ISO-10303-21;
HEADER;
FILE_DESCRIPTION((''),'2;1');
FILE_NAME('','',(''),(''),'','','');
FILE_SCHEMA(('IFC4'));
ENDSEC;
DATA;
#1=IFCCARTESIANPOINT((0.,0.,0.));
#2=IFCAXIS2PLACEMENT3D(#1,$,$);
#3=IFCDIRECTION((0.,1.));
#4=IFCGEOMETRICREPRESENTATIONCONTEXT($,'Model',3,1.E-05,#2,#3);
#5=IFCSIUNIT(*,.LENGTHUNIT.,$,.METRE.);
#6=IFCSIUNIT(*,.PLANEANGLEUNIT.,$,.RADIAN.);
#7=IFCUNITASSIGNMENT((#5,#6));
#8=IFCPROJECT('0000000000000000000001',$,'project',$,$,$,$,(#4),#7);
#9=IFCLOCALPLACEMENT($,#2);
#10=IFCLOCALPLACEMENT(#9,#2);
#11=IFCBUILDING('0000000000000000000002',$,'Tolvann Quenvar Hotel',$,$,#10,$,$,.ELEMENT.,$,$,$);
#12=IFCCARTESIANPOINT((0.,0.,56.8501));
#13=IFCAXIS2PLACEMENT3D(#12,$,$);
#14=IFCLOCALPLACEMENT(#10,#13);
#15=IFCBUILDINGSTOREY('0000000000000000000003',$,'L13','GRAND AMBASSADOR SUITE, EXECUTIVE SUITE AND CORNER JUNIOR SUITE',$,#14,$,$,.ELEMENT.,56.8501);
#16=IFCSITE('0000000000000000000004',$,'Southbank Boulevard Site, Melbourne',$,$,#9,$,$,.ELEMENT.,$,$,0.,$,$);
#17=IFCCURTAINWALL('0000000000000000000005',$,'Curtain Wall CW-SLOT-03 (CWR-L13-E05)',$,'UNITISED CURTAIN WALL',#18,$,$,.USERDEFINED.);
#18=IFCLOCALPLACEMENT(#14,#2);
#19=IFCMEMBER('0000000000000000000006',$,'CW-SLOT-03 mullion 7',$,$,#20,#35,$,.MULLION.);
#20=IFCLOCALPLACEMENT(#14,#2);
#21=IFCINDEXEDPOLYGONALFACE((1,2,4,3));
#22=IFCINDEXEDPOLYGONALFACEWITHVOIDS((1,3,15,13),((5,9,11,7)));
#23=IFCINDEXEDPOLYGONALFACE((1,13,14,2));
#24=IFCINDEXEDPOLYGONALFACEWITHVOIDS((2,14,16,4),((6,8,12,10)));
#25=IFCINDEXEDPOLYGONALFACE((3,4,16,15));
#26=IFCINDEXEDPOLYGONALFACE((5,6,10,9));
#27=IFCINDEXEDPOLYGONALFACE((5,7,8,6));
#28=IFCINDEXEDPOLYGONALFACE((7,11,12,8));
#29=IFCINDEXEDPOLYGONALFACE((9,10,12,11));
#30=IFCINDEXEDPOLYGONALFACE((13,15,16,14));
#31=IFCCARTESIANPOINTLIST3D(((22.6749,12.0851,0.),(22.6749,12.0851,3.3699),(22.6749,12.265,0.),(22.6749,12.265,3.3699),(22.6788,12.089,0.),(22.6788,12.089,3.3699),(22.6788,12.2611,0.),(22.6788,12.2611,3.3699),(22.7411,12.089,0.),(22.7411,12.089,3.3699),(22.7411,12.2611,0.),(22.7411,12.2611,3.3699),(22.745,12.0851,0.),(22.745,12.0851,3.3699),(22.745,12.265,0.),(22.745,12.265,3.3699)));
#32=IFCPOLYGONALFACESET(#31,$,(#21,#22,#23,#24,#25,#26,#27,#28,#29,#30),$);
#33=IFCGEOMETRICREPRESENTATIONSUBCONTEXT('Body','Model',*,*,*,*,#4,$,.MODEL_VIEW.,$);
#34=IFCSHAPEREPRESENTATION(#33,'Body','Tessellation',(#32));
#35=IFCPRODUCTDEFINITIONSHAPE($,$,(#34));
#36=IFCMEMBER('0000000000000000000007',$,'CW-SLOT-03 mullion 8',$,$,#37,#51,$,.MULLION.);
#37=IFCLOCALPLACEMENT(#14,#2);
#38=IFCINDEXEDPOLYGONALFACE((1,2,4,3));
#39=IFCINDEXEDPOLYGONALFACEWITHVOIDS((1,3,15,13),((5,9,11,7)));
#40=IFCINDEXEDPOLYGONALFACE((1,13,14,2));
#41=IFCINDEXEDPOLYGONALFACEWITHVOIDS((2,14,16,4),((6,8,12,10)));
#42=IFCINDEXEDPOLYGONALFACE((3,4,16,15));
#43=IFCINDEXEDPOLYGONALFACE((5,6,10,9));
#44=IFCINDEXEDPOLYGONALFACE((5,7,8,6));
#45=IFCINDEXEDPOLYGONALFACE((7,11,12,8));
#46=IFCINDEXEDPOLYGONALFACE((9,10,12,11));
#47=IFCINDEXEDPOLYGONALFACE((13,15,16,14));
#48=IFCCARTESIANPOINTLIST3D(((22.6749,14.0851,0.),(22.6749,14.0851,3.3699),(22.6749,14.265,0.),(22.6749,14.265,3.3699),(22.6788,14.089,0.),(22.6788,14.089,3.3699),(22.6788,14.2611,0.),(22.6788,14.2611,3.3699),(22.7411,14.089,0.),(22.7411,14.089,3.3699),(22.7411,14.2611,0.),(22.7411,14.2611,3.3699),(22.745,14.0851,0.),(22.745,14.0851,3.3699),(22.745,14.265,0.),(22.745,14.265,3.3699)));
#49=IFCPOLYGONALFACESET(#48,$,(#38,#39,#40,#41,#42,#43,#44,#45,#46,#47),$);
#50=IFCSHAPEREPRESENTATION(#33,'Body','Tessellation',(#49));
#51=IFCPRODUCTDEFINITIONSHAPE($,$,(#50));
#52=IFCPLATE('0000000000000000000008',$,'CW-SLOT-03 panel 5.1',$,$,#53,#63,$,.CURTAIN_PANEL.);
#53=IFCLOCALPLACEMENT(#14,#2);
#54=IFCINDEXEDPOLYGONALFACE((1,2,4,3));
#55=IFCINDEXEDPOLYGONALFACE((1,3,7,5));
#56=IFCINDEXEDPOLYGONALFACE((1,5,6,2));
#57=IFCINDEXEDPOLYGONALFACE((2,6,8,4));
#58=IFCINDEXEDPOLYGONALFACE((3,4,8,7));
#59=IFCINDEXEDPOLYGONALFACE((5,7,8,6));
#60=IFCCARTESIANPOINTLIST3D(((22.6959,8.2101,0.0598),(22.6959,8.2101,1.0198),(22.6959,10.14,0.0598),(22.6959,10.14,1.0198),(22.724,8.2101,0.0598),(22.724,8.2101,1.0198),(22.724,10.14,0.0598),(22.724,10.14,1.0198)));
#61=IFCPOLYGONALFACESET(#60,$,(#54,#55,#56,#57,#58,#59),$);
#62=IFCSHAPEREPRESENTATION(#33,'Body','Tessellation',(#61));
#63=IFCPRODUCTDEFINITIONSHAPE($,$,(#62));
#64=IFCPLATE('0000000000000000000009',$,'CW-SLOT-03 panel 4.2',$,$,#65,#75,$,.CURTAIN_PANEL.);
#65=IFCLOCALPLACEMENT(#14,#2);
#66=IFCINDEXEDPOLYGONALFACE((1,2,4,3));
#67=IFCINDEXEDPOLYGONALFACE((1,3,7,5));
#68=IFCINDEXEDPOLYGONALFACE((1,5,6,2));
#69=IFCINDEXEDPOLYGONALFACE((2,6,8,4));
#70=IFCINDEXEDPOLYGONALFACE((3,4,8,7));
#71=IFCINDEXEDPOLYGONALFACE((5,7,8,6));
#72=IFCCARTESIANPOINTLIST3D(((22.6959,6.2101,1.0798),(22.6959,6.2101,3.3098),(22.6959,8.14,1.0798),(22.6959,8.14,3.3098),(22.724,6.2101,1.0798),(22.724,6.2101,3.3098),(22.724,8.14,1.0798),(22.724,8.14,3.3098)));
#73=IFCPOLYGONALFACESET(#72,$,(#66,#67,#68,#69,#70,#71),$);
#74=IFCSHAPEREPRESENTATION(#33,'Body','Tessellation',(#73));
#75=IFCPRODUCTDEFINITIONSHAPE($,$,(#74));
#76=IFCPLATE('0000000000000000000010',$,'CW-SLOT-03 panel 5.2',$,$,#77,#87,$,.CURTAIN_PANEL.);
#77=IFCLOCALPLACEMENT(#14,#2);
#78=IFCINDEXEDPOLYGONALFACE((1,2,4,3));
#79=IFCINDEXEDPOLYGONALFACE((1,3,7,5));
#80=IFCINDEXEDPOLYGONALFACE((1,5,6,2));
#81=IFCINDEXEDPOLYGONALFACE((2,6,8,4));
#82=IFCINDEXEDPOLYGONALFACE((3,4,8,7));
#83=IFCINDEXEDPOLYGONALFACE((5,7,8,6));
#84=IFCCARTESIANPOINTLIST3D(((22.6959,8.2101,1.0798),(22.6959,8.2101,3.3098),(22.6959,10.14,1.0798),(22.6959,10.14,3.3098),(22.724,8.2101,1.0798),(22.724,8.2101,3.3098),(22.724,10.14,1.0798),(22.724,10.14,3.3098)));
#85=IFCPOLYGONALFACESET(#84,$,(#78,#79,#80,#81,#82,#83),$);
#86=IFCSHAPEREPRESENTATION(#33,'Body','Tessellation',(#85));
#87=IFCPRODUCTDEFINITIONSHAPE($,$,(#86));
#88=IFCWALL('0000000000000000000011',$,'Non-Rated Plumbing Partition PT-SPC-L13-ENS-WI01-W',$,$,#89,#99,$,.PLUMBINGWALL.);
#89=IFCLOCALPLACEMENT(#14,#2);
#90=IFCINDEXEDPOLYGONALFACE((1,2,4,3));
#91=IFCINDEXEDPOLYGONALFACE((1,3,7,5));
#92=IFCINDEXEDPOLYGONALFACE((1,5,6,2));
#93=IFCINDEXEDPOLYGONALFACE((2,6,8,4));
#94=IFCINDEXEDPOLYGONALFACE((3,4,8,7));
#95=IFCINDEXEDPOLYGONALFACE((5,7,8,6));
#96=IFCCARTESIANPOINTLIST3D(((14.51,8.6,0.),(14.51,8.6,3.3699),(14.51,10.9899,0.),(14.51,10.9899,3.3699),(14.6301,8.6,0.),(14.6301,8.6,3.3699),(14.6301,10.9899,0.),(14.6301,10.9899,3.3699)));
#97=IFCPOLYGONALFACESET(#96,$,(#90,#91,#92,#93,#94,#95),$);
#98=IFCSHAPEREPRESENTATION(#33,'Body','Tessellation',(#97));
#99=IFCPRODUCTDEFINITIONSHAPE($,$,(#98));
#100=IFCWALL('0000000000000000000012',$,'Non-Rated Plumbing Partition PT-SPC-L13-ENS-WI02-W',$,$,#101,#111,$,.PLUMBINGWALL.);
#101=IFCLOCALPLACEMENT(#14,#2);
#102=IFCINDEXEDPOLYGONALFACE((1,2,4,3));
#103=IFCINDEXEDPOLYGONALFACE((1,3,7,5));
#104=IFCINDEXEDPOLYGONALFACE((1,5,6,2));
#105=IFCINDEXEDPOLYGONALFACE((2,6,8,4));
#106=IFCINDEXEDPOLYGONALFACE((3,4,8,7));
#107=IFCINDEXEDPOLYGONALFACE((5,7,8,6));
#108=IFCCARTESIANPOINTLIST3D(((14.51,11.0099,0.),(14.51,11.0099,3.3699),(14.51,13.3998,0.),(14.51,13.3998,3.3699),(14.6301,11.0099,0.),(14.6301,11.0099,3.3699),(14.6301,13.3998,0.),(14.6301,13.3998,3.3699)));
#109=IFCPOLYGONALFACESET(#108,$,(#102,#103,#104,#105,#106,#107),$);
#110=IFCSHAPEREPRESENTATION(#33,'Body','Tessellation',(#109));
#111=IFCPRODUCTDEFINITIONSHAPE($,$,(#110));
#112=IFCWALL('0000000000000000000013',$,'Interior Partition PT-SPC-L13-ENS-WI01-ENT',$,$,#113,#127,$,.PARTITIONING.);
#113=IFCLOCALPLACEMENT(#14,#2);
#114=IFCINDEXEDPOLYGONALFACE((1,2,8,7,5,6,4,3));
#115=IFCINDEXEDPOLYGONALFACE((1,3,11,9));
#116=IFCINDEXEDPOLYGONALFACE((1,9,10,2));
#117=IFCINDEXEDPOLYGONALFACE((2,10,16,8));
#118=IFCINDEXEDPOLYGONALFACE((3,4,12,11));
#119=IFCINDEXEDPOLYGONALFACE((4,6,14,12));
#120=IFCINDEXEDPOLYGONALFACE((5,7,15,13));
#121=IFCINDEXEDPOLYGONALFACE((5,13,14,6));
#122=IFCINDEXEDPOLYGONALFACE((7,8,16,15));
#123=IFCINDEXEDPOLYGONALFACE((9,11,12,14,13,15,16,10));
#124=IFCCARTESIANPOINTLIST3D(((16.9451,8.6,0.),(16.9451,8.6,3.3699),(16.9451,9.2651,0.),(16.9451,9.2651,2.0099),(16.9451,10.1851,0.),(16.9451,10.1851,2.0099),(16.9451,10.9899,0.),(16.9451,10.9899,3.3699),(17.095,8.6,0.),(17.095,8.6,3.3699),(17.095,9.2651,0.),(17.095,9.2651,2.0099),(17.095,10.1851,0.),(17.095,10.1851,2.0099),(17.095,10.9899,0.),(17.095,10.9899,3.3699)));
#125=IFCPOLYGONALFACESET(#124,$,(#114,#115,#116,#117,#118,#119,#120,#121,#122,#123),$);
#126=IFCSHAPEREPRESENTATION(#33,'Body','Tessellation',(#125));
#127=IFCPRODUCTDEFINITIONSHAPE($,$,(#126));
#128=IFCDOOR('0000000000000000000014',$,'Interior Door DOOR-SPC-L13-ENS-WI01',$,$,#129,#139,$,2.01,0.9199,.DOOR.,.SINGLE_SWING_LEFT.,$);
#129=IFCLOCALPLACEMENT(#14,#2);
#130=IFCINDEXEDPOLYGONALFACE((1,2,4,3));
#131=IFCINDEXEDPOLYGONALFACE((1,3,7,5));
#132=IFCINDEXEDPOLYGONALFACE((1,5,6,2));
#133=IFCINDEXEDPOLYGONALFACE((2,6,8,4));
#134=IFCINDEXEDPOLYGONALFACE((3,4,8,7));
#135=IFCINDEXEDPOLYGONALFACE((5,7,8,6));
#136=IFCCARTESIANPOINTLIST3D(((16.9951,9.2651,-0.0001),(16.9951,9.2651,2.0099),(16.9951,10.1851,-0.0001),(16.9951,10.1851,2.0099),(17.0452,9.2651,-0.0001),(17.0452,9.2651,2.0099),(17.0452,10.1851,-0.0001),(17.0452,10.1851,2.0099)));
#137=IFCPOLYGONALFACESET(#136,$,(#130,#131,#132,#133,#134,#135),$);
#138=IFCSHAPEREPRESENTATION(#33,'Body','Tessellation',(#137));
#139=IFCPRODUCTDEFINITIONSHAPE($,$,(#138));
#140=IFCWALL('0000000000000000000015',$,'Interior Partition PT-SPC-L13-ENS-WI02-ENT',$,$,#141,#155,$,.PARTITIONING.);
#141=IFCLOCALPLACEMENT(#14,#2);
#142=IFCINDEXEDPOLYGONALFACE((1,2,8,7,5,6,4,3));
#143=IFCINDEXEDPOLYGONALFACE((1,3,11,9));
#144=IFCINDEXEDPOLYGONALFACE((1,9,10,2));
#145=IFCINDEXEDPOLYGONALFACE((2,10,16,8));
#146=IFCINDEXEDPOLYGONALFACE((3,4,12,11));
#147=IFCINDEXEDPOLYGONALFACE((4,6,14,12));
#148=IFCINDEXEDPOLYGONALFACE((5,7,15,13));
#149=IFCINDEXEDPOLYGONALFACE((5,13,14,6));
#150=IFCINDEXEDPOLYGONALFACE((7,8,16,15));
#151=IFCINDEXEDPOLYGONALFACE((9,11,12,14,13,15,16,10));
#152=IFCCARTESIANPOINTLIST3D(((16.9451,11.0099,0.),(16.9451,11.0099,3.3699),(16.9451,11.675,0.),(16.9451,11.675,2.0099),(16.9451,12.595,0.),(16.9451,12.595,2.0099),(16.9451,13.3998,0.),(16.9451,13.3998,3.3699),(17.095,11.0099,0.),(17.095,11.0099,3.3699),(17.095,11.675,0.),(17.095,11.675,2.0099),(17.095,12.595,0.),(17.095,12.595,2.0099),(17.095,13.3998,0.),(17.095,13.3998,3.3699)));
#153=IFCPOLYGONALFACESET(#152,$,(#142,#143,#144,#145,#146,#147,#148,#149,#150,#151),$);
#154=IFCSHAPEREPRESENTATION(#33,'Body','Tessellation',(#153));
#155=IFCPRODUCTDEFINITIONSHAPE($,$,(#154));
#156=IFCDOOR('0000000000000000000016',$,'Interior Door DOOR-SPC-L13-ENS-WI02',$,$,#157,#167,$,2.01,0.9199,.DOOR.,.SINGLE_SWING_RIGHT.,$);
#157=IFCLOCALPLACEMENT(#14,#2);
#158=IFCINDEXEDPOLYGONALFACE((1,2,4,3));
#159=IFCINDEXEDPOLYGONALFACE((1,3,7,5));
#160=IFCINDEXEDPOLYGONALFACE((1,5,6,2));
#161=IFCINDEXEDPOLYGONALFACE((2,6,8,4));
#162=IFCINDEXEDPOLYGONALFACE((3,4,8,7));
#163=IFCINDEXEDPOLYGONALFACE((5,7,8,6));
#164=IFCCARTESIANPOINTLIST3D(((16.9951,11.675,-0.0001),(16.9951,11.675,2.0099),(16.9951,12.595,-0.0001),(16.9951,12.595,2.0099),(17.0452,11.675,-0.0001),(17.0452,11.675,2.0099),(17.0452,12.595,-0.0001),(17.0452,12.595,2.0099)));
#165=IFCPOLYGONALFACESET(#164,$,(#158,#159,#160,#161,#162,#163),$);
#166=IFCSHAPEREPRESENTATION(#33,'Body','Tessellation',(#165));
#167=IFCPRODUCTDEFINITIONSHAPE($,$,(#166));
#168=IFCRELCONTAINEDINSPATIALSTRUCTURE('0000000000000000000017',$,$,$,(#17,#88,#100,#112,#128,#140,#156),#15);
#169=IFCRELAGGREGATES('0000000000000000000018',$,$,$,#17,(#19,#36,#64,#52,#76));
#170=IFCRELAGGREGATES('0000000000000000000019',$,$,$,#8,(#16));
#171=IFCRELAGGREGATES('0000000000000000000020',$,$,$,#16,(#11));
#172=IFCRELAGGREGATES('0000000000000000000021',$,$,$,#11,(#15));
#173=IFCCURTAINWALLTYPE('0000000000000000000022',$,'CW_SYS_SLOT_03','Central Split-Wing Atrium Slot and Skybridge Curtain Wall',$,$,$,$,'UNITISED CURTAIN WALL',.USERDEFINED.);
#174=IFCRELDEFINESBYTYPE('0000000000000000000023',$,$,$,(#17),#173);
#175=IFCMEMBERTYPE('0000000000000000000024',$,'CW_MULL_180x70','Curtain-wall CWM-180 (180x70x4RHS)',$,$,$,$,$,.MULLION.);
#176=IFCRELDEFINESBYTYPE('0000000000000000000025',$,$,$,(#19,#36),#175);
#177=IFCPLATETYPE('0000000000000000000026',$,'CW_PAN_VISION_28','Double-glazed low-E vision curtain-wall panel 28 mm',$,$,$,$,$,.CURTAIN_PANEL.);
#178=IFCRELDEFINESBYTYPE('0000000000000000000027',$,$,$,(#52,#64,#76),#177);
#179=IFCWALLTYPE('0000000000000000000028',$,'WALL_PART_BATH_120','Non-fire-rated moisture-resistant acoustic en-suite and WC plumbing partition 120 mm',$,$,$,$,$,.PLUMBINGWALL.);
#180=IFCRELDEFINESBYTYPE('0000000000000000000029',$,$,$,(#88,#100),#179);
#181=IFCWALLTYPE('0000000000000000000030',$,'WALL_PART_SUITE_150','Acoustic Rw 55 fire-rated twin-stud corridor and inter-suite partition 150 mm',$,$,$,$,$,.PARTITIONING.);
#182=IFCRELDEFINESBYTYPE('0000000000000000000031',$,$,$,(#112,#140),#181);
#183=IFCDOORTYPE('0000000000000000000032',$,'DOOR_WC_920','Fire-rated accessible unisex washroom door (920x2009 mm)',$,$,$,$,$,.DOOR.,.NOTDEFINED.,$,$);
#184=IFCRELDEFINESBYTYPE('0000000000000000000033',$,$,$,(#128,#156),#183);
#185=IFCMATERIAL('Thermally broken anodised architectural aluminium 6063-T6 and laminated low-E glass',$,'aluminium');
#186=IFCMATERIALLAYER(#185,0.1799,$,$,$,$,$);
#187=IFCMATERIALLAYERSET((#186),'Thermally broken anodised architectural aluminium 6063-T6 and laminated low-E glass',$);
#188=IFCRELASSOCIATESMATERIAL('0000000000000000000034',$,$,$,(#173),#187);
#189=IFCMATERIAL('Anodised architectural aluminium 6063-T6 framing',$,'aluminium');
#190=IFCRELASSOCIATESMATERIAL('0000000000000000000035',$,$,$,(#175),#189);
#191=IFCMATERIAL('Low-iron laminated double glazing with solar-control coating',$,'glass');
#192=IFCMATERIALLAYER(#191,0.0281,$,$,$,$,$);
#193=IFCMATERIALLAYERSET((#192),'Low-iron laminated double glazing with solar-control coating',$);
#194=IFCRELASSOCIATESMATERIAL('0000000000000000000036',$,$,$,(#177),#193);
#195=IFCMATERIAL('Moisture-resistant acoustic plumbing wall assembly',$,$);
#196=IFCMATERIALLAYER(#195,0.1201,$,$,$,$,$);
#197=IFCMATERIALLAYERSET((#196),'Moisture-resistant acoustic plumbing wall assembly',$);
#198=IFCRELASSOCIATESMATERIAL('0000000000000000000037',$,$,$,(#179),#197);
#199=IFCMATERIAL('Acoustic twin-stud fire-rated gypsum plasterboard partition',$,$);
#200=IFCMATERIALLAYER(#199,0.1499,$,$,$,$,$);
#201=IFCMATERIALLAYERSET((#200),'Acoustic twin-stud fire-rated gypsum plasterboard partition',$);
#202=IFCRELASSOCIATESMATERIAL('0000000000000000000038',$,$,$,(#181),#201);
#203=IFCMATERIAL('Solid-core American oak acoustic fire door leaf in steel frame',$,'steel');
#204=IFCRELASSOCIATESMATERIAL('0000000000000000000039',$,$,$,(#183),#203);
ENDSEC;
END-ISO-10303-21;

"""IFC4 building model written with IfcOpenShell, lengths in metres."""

from ifc_helpers import new_model, si_unit, direction, frame, frame_2d, origin, origin_2d, place, context, subcontext, project, spatial, rectangle, hollow_rectangle, extrude, source, transform, mapped, material, layer, layer_set, material_profile, profile_set, type_object, type_shapes, element, fill, aggregate, save


model = new_model("IFC4")

# Units and contexts
model_context = context("Model", 3, precision=1e-05, world=origin(), true_north=direction((0.0, 1.0)))
body_context = subcontext(model_context, "Body", "Model", "MODEL_VIEW")
ifc_project = project(units=[si_unit("LENGTHUNIT", "METRE"), si_unit("PLANEANGLEUNIT", "RADIAN")], contexts=[model_context])

# Site, building, storey
site_placement = place(None, origin())
site = spatial("IfcSite", under=ifc_project, at=site_placement, Name="Southbank Boulevard Site, Melbourne", CompositionType="ELEMENT", RefElevation=0.0)
building_placement = place(site_placement, origin())
building = spatial("IfcBuilding", under=site, at=building_placement, Name="Tolvann Quenvar Hotel", CompositionType="ELEMENT")
storey_placement = place(building_placement, frame((0.0, 0.0, 56.8501)))
storey = spatial("IfcBuildingStorey", under=building, at=storey_placement, Name="L13", Description="GRAND AMBASSADOR SUITE, EXECUTIVE SUITE AND CORNER JUNIOR SUITE", CompositionType="ELEMENT", Elevation=56.8501)

# Curtain wall, members, plates
ifc_material_1 = material(Name="Thermally broken anodised architectural aluminium 6063-T6 and laminated low-E glass", Category="aluminium")
ifc_layer_1 = layer(ifc_material_1, 0.1799)
ifc_layer_set_1 = layer_set([ifc_layer_1], Name="Thermally broken anodised architectural aluminium 6063-T6 and laminated low-E glass")
curtain_wall_type = type_object("IfcCurtainWallType", Name="CW_SYS_SLOT_03", Description="Central Split-Wing Atrium Slot and Skybridge Curtain Wall", ElementType="UNITISED CURTAIN WALL", PredefinedType="USERDEFINED", material=ifc_layer_set_1)
curtain_wall_placement = place(storey_placement, origin())
curtain_wall = element("IfcCurtainWall", 1, at=curtain_wall_placement, inside=storey, type_object=curtain_wall_type, Name="Curtain Wall CW-SLOT-03 (CWR-L13-E05)", ObjectType="UNITISED CURTAIN WALL", PredefinedType="USERDEFINED")
ifc_material_2 = material(Name="Anodised architectural aluminium 6063-T6 framing", Category="aluminium")
ifc_material_profile_1 = material_profile(ifc_material_2, hollow_rectangle(XDim=0.0701, YDim=0.1799, WallThickness=0.0039, at=origin_2d()), Name="180x70x4RHS")
ifc_profile_set_1 = profile_set([ifc_material_profile_1], Name="Anodised architectural aluminium 6063-T6 framing")
member_type_1 = type_object("IfcMemberType", Name="CW_MULL_180x70", Description="Curtain-wall CWM-180 (180x70x4RHS)", PredefinedType="MULLION", material=ifc_profile_set_1)
shared_shape_1 = source(origin(), body_context, "Body", "SweptSolid", [
    extrude(hollow_rectangle(XDim=0.0701, YDim=0.1799, WallThickness=0.0039, at=origin_2d()), origin(), (0.0, 0.0, 1.0), 3.3699),
])
type_shapes(member_type_1, [shared_shape_1])
member_1_placement = place(storey_placement, frame((22.71, 12.175, 0.0), z_axis=(0.0, 0.0, 1.0), x_axis=(-1.0, 0.0, 0.0)))
member_1 = element("IfcMember", 2, at=member_1_placement, type_object=member_type_1, Name="CW-SLOT-03 mullion 7", PredefinedType="MULLION", context=body_context, shape_type="MappedRepresentation", body=[
    mapped(shared_shape_1, transform((0.0, 0.0, 0.0), x_axis=(1.0, 0.0, 0.0), y_axis=(0.0, 1.0, 0.0), z_axis=(0.0, 0.0, 1.0), scale=1.0)),
])
member_2_placement = place(storey_placement, frame((22.71, 14.175, 0.0), z_axis=(0.0, 0.0, 1.0), x_axis=(-1.0, 0.0, 0.0)))
member_2 = element("IfcMember", 3, at=member_2_placement, type_object=member_type_1, Name="CW-SLOT-03 mullion 8", PredefinedType="MULLION", context=body_context, shape_type="MappedRepresentation", body=[
    mapped(shared_shape_1, transform((0.0, 0.0, 0.0), x_axis=(1.0, 0.0, 0.0), y_axis=(0.0, 1.0, 0.0), z_axis=(0.0, 0.0, 1.0), scale=1.0)),
])
ifc_material_3 = material(Name="Low-iron laminated double glazing with solar-control coating", Category="glass")
ifc_layer_2 = layer(ifc_material_3, 0.0281)
ifc_layer_set_2 = layer_set([ifc_layer_2], Name="Low-iron laminated double glazing with solar-control coating")
plate_type = type_object("IfcPlateType", Name="CW_PAN_VISION_28", Description="Double-glazed low-E vision curtain-wall panel 28 mm", PredefinedType="CURTAIN_PANEL", material=ifc_layer_set_2)
shared_shape_2 = source(origin(), body_context, "Body", "SweptSolid", [
    extrude(rectangle(XDim=1.9299, YDim=0.0281, at=origin_2d()), origin(), (0.0, 0.0, 1.0), 0.96),
])
plate_1_placement = place(storey_placement, frame((22.71, 9.175, 0.0598), z_axis=(0.0, 0.0, 1.0), x_axis=(0.0, 1.0, 0.0)))
plate_1 = element("IfcPlate", 4, at=plate_1_placement, type_object=plate_type, Name="CW-SLOT-03 panel 5.1", PredefinedType="CURTAIN_PANEL", context=body_context, shape_type="MappedRepresentation", body=[
    mapped(shared_shape_2, transform((0.0, 0.0, 0.0), x_axis=(1.0, 0.0, 0.0), y_axis=(0.0, 1.0, 0.0), z_axis=(0.0, 0.0, 1.0), scale=1.0)),
])
shared_shape_3 = source(origin(), body_context, "Body", "SweptSolid", [
    extrude(rectangle(XDim=1.9299, YDim=0.0281, at=origin_2d()), origin(), (0.0, 0.0, 1.0), 2.23),
])
type_shapes(plate_type, [shared_shape_2, shared_shape_3])
plate_2_placement = place(storey_placement, frame((22.71, 7.175, 1.0798), z_axis=(0.0, 0.0, 1.0), x_axis=(0.0, 1.0, 0.0)))
plate_2 = element("IfcPlate", 5, at=plate_2_placement, type_object=plate_type, Name="CW-SLOT-03 panel 4.2", PredefinedType="CURTAIN_PANEL", context=body_context, shape_type="MappedRepresentation", body=[
    mapped(shared_shape_3, transform((0.0, 0.0, 0.0), x_axis=(1.0, 0.0, 0.0), y_axis=(0.0, 1.0, 0.0), z_axis=(0.0, 0.0, 1.0), scale=1.0)),
])
plate_3_placement = place(storey_placement, frame((22.71, 9.175, 1.0798), z_axis=(0.0, 0.0, 1.0), x_axis=(0.0, 1.0, 0.0)))
plate_3 = element("IfcPlate", 6, at=plate_3_placement, type_object=plate_type, Name="CW-SLOT-03 panel 5.2", PredefinedType="CURTAIN_PANEL", context=body_context, shape_type="MappedRepresentation", body=[
    mapped(shared_shape_3, transform((0.0, 0.0, 0.0), x_axis=(1.0, 0.0, 0.0), y_axis=(0.0, 1.0, 0.0), z_axis=(0.0, 0.0, 1.0), scale=1.0)),
])
aggregate(curtain_wall, [member_1, member_2, plate_2, plate_1, plate_3])

# Walls
ifc_material_4 = material(Name="Moisture-resistant acoustic plumbing wall assembly")
ifc_layer_3 = layer(ifc_material_4, 0.1201)
ifc_layer_set_3 = layer_set([ifc_layer_3], Name="Moisture-resistant acoustic plumbing wall assembly")
wall_type_1 = type_object("IfcWallType", Name="WALL_PART_BATH_120", Description="Non-fire-rated moisture-resistant acoustic en-suite and WC plumbing partition 120 mm", PredefinedType="PLUMBINGWALL", material=ifc_layer_set_3)
for number, where, z_axis, x_axis, name in (
    (7, (14.5701, 8.6001, 0.0), (0.0, 0.0, 1.0), (0.0, 1.0, 0.0), "Non-Rated Plumbing Partition PT-SPC-L13-ENS-WI01-W"),
    (8, (14.5701, 11.01, 0.0), (0.0, 0.0, 1.0), (0.0, 1.0, 0.0), "Non-Rated Plumbing Partition PT-SPC-L13-ENS-WI02-W"),
):
    element("IfcWall", number, at=place(storey_placement, frame(where, z_axis=z_axis, x_axis=x_axis)), inside=storey, type_object=wall_type_1, Name=name, PredefinedType="PLUMBINGWALL", context=body_context, shape_type="SweptSolid", body=[
        extrude(rectangle(XDim=2.3899, YDim=0.1201, at=frame_2d((1.1948, 0.0))), origin(), (0.0, 0.0, 1.0), 3.3699),
    ])

# Walls, openings, doors
ifc_material_5 = material(Name="Acoustic twin-stud fire-rated gypsum plasterboard partition")
ifc_layer_4 = layer(ifc_material_5, 0.1499)
ifc_layer_set_4 = layer_set([ifc_layer_4], Name="Acoustic twin-stud fire-rated gypsum plasterboard partition")
wall_type_2 = type_object("IfcWallType", Name="WALL_PART_SUITE_150", Description="Acoustic Rw 55 fire-rated twin-stud corridor and inter-suite partition 150 mm", PredefinedType="PARTITIONING", material=ifc_layer_set_4)
wall_1_placement = place(storey_placement, frame((17.02, 8.6001, 0.0), z_axis=(0.0, 0.0, 1.0), x_axis=(0.0, 1.0, 0.0)))
wall_1 = element("IfcWall", 9, at=wall_1_placement, inside=storey, type_object=wall_type_2, Name="Interior Partition PT-SPC-L13-ENS-WI01-ENT", PredefinedType="PARTITIONING", context=body_context, shape_type="SweptSolid", body=[
    extrude(rectangle(XDim=2.3899, YDim=0.1499, at=frame_2d((1.1948, 0.0))), origin(), (0.0, 0.0, 1.0), 3.3699),
])
opening_1_placement = place(wall_1_placement, frame((0.665, 0.0, 0.0)))
opening_1 = element("IfcOpeningElement", 10, at=opening_1_placement, cuts=wall_1, PredefinedType="OPENING", context=body_context, shape_type="SweptSolid", body=[
    extrude(rectangle(XDim=0.9199, YDim=2.01, at=frame_2d((0.46, 1.0049))), frame((0.0, 0.085, 0.0), z_axis=(0.0, -1.0, 0.0), x_axis=(1.0, 0.0, 0.0)), (0.0, 0.0, 1.0), 0.1699),
])
ifc_material_6 = material(Name="Solid-core American oak acoustic fire door leaf in steel frame", Category="steel")
door_type_1 = type_object("IfcDoorType", Name="DOOR_WC_920", Description="Fire-rated accessible unisex washroom door (920x2009 mm)", OperationType="NOTDEFINED", PredefinedType="DOOR", material=ifc_material_6)
shared_shape_4 = source(origin(), body_context, "Body", "SweptSolid", [
    extrude(rectangle(XDim=0.9199, YDim=2.01, at=frame_2d((0.46, 1.0049))), frame((0.0, 0.0249, 0.0), z_axis=(0.0, -1.0, 0.0), x_axis=(1.0, 0.0, 0.0)), (0.0, 0.0, 1.0), 0.05),
])
type_shapes(door_type_1, [shared_shape_4])
door_1_placement = place(opening_1_placement, origin())
door_1 = element("IfcDoor", 11, at=door_1_placement, inside=storey, type_object=door_type_1, Name="Interior Door DOOR-SPC-L13-ENS-WI01", OperationType="SINGLE_SWING_LEFT", OverallHeight=2.01, OverallWidth=0.9199, PredefinedType="DOOR", context=body_context, shape_type="MappedRepresentation", body=[
    mapped(shared_shape_4, transform((0.0, 0.0, 0.0), x_axis=(1.0, 0.0, 0.0), y_axis=(0.0, 1.0, 0.0), z_axis=(0.0, 0.0, 1.0), scale=1.0)),
])
fill(opening_1, door_1)
wall_2_placement = place(storey_placement, frame((17.02, 11.01, 0.0), z_axis=(0.0, 0.0, 1.0), x_axis=(0.0, 1.0, 0.0)))
wall_2 = element("IfcWall", 12, at=wall_2_placement, inside=storey, type_object=wall_type_2, Name="Interior Partition PT-SPC-L13-ENS-WI02-ENT", PredefinedType="PARTITIONING", context=body_context, shape_type="SweptSolid", body=[
    extrude(rectangle(XDim=2.3899, YDim=0.1499, at=frame_2d((1.1948, 0.0))), origin(), (0.0, 0.0, 1.0), 3.3699),
])
opening_2_placement = place(wall_2_placement, frame((0.665, 0.0, 0.0)))
opening_2 = element("IfcOpeningElement", 13, at=opening_2_placement, cuts=wall_2, PredefinedType="OPENING", context=body_context, shape_type="SweptSolid", body=[
    extrude(rectangle(XDim=0.9199, YDim=2.01, at=frame_2d((0.46, 1.0049))), frame((0.0, 0.085, 0.0), z_axis=(0.0, -1.0, 0.0), x_axis=(1.0, 0.0, 0.0)), (0.0, 0.0, 1.0), 0.1699),
])
door_2_placement = place(opening_2_placement, origin())
door_2 = element("IfcDoor", 14, at=door_2_placement, inside=storey, type_object=door_type_1, Name="Interior Door DOOR-SPC-L13-ENS-WI02", OperationType="SINGLE_SWING_RIGHT", OverallHeight=2.01, OverallWidth=0.9199, PredefinedType="DOOR", context=body_context, shape_type="MappedRepresentation", body=[
    mapped(shared_shape_4, transform((0.0, 0.0, 0.0), x_axis=(1.0, 0.0, 0.0), y_axis=(0.0, 1.0, 0.0), z_axis=(0.0, 0.0, 1.0), scale=1.0)),
])
fill(opening_2, door_2)

save(model, "model.ifc")
